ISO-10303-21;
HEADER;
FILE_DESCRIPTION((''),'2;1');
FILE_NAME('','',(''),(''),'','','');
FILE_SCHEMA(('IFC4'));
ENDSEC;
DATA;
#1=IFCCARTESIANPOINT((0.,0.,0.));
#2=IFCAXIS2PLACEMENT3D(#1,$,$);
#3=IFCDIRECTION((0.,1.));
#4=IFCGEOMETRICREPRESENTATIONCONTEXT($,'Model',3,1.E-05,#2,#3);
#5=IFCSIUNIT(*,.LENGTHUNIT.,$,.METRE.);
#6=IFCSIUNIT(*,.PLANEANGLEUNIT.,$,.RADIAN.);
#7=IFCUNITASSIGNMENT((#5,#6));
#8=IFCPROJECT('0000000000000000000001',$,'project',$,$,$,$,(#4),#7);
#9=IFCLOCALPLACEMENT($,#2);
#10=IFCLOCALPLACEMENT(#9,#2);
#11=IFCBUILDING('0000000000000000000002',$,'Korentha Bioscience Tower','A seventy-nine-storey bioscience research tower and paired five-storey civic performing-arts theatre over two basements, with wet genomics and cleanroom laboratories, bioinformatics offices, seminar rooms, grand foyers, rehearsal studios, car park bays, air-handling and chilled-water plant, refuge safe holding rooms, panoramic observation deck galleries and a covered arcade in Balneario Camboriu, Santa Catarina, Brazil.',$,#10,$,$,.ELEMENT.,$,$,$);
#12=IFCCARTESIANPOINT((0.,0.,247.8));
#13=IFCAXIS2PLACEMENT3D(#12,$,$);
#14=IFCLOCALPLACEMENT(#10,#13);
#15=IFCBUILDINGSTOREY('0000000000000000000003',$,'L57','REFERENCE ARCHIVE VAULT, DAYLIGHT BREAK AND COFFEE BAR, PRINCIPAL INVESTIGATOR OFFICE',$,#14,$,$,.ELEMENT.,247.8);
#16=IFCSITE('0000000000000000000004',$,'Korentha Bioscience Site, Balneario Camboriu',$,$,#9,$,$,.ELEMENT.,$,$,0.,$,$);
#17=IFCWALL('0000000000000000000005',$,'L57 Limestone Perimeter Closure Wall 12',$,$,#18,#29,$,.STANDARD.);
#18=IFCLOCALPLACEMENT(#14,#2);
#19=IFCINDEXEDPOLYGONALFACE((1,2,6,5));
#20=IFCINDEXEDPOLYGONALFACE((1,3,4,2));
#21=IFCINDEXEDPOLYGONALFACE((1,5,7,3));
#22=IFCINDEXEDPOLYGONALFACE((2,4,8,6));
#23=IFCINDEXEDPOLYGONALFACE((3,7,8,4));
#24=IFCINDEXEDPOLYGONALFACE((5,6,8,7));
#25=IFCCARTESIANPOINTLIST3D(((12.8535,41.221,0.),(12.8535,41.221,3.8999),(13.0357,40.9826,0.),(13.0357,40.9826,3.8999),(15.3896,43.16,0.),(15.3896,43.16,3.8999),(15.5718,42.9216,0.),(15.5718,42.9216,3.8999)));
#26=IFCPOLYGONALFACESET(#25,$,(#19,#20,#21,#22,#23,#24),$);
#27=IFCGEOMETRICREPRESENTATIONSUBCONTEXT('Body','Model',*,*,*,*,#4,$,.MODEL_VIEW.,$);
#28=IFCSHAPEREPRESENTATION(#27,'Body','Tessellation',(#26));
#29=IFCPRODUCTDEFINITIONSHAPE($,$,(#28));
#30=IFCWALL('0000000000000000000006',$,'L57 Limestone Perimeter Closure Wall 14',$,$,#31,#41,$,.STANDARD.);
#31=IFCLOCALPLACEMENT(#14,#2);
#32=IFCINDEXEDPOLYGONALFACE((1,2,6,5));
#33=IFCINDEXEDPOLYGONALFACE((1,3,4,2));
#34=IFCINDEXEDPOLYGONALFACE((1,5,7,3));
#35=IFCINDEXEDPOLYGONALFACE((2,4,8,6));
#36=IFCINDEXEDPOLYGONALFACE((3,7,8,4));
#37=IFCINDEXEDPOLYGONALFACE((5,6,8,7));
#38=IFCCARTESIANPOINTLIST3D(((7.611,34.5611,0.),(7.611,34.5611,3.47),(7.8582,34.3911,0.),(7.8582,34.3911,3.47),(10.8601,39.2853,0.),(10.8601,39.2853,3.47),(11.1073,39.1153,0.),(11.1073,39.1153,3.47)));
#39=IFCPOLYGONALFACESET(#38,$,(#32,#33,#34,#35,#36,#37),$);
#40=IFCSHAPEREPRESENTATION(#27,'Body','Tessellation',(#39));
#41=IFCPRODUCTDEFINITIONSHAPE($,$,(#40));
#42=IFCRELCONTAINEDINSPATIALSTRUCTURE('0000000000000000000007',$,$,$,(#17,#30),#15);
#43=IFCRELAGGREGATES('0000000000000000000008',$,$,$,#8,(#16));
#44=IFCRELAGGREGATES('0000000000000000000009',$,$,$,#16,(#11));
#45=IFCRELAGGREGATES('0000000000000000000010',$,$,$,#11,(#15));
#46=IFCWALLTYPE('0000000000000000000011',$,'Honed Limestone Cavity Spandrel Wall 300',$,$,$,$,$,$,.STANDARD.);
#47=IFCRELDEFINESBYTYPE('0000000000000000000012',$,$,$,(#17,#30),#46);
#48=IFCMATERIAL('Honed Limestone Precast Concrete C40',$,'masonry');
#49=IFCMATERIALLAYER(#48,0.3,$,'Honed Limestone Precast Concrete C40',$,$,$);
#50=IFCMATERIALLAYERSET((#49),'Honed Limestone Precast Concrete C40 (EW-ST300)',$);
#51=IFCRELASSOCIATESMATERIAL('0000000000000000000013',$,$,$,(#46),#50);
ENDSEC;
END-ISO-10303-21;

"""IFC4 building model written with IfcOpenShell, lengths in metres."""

from ifc_helpers import new_model, si_unit, direction, frame, frame_2d, origin, place, context, subcontext, project, spatial, rectangle, extrude, material, layer, layer_set, type_object, element, save


model = new_model("IFC4")

# Units and contexts
model_context = context("Model", 3, precision=1e-05, world=origin(), true_north=direction((0.0, 1.0)))
body_context = subcontext(model_context, "Body", "Model", "MODEL_VIEW")
ifc_project = project(units=[si_unit("LENGTHUNIT", "METRE"), si_unit("PLANEANGLEUNIT", "RADIAN")], contexts=[model_context])

# Site, building, storey
site_placement = place(None, origin())
site = spatial("IfcSite", under=ifc_project, at=site_placement, Name="Korentha Bioscience Site, Balneario Camboriu", CompositionType="ELEMENT", RefElevation=0.0)
building_placement = place(site_placement, origin())
building = spatial("IfcBuilding", under=site, at=building_placement, Name="Korentha Bioscience Tower", Description="A seventy-nine-storey bioscience research tower and paired five-storey civic performing-arts theatre over two basements, with wet genomics and cleanroom laboratories, bioinformatics offices, seminar rooms, grand foyers, rehearsal studios, car park bays, air-handling and chilled-water plant, refuge safe holding rooms, panoramic observation deck galleries and a covered arcade in Balneario Camboriu, Santa Catarina, Brazil.", CompositionType="ELEMENT")
storey_placement = place(building_placement, frame((0.0, 0.0, 247.8)))
storey = spatial("IfcBuildingStorey", under=building, at=storey_placement, Name="L57", Description="REFERENCE ARCHIVE VAULT, DAYLIGHT BREAK AND COFFEE BAR, PRINCIPAL INVESTIGATOR OFFICE", CompositionType="ELEMENT", Elevation=247.8)

# Walls
ifc_material_1 = material(Name="Honed Limestone Precast Concrete C40", Category="masonry")
ifc_layer_1 = layer(ifc_material_1, 0.3, Name="Honed Limestone Precast Concrete C40")
ifc_layer_set_1 = layer_set([ifc_layer_1], Name="Honed Limestone Precast Concrete C40 (EW-ST300)")
wall_type_1 = type_object("IfcWallType", Name="Honed Limestone Cavity Spandrel Wall 300", PredefinedType="STANDARD", material=ifc_layer_set_1)
wall_1_placement = place(storey_placement, frame((15.4807, 43.0408, 0.0), z_axis=(0.0, 0.0, 1.0), x_axis=(-0.794423, -0.607365, 0.0)))
element("IfcWall", 1, at=wall_1_placement, inside=storey, type_object=wall_type_1, Name="L57 Limestone Perimeter Closure Wall 12", PredefinedType="STANDARD", context=body_context, shape_type="SweptSolid", body=[
    extrude(rectangle(XDim=3.1924, YDim=0.3, at=frame_2d((1.5962, 0.0))), origin(), (0.0, 0.0, 1.0), 3.8999),
])
wall_2_placement = place(storey_placement, frame((10.9836, 39.2002, 0.0), z_axis=(0.0, 0.0, 1.0), x_axis=(-0.56667, -0.823945, 0.0)))
element("IfcWall", 2, at=wall_2_placement, inside=storey, type_object=wall_type_1, Name="L57 Limestone Perimeter Closure Wall 14", PredefinedType="STANDARD", context=body_context, shape_type="SweptSolid", body=[
    extrude(rectangle(XDim=5.7336, YDim=0.3, at=frame_2d((2.8667, 0.0))), origin(), (0.0, 0.0, 1.0), 3.47),
])

save(model, "model.ifc")
